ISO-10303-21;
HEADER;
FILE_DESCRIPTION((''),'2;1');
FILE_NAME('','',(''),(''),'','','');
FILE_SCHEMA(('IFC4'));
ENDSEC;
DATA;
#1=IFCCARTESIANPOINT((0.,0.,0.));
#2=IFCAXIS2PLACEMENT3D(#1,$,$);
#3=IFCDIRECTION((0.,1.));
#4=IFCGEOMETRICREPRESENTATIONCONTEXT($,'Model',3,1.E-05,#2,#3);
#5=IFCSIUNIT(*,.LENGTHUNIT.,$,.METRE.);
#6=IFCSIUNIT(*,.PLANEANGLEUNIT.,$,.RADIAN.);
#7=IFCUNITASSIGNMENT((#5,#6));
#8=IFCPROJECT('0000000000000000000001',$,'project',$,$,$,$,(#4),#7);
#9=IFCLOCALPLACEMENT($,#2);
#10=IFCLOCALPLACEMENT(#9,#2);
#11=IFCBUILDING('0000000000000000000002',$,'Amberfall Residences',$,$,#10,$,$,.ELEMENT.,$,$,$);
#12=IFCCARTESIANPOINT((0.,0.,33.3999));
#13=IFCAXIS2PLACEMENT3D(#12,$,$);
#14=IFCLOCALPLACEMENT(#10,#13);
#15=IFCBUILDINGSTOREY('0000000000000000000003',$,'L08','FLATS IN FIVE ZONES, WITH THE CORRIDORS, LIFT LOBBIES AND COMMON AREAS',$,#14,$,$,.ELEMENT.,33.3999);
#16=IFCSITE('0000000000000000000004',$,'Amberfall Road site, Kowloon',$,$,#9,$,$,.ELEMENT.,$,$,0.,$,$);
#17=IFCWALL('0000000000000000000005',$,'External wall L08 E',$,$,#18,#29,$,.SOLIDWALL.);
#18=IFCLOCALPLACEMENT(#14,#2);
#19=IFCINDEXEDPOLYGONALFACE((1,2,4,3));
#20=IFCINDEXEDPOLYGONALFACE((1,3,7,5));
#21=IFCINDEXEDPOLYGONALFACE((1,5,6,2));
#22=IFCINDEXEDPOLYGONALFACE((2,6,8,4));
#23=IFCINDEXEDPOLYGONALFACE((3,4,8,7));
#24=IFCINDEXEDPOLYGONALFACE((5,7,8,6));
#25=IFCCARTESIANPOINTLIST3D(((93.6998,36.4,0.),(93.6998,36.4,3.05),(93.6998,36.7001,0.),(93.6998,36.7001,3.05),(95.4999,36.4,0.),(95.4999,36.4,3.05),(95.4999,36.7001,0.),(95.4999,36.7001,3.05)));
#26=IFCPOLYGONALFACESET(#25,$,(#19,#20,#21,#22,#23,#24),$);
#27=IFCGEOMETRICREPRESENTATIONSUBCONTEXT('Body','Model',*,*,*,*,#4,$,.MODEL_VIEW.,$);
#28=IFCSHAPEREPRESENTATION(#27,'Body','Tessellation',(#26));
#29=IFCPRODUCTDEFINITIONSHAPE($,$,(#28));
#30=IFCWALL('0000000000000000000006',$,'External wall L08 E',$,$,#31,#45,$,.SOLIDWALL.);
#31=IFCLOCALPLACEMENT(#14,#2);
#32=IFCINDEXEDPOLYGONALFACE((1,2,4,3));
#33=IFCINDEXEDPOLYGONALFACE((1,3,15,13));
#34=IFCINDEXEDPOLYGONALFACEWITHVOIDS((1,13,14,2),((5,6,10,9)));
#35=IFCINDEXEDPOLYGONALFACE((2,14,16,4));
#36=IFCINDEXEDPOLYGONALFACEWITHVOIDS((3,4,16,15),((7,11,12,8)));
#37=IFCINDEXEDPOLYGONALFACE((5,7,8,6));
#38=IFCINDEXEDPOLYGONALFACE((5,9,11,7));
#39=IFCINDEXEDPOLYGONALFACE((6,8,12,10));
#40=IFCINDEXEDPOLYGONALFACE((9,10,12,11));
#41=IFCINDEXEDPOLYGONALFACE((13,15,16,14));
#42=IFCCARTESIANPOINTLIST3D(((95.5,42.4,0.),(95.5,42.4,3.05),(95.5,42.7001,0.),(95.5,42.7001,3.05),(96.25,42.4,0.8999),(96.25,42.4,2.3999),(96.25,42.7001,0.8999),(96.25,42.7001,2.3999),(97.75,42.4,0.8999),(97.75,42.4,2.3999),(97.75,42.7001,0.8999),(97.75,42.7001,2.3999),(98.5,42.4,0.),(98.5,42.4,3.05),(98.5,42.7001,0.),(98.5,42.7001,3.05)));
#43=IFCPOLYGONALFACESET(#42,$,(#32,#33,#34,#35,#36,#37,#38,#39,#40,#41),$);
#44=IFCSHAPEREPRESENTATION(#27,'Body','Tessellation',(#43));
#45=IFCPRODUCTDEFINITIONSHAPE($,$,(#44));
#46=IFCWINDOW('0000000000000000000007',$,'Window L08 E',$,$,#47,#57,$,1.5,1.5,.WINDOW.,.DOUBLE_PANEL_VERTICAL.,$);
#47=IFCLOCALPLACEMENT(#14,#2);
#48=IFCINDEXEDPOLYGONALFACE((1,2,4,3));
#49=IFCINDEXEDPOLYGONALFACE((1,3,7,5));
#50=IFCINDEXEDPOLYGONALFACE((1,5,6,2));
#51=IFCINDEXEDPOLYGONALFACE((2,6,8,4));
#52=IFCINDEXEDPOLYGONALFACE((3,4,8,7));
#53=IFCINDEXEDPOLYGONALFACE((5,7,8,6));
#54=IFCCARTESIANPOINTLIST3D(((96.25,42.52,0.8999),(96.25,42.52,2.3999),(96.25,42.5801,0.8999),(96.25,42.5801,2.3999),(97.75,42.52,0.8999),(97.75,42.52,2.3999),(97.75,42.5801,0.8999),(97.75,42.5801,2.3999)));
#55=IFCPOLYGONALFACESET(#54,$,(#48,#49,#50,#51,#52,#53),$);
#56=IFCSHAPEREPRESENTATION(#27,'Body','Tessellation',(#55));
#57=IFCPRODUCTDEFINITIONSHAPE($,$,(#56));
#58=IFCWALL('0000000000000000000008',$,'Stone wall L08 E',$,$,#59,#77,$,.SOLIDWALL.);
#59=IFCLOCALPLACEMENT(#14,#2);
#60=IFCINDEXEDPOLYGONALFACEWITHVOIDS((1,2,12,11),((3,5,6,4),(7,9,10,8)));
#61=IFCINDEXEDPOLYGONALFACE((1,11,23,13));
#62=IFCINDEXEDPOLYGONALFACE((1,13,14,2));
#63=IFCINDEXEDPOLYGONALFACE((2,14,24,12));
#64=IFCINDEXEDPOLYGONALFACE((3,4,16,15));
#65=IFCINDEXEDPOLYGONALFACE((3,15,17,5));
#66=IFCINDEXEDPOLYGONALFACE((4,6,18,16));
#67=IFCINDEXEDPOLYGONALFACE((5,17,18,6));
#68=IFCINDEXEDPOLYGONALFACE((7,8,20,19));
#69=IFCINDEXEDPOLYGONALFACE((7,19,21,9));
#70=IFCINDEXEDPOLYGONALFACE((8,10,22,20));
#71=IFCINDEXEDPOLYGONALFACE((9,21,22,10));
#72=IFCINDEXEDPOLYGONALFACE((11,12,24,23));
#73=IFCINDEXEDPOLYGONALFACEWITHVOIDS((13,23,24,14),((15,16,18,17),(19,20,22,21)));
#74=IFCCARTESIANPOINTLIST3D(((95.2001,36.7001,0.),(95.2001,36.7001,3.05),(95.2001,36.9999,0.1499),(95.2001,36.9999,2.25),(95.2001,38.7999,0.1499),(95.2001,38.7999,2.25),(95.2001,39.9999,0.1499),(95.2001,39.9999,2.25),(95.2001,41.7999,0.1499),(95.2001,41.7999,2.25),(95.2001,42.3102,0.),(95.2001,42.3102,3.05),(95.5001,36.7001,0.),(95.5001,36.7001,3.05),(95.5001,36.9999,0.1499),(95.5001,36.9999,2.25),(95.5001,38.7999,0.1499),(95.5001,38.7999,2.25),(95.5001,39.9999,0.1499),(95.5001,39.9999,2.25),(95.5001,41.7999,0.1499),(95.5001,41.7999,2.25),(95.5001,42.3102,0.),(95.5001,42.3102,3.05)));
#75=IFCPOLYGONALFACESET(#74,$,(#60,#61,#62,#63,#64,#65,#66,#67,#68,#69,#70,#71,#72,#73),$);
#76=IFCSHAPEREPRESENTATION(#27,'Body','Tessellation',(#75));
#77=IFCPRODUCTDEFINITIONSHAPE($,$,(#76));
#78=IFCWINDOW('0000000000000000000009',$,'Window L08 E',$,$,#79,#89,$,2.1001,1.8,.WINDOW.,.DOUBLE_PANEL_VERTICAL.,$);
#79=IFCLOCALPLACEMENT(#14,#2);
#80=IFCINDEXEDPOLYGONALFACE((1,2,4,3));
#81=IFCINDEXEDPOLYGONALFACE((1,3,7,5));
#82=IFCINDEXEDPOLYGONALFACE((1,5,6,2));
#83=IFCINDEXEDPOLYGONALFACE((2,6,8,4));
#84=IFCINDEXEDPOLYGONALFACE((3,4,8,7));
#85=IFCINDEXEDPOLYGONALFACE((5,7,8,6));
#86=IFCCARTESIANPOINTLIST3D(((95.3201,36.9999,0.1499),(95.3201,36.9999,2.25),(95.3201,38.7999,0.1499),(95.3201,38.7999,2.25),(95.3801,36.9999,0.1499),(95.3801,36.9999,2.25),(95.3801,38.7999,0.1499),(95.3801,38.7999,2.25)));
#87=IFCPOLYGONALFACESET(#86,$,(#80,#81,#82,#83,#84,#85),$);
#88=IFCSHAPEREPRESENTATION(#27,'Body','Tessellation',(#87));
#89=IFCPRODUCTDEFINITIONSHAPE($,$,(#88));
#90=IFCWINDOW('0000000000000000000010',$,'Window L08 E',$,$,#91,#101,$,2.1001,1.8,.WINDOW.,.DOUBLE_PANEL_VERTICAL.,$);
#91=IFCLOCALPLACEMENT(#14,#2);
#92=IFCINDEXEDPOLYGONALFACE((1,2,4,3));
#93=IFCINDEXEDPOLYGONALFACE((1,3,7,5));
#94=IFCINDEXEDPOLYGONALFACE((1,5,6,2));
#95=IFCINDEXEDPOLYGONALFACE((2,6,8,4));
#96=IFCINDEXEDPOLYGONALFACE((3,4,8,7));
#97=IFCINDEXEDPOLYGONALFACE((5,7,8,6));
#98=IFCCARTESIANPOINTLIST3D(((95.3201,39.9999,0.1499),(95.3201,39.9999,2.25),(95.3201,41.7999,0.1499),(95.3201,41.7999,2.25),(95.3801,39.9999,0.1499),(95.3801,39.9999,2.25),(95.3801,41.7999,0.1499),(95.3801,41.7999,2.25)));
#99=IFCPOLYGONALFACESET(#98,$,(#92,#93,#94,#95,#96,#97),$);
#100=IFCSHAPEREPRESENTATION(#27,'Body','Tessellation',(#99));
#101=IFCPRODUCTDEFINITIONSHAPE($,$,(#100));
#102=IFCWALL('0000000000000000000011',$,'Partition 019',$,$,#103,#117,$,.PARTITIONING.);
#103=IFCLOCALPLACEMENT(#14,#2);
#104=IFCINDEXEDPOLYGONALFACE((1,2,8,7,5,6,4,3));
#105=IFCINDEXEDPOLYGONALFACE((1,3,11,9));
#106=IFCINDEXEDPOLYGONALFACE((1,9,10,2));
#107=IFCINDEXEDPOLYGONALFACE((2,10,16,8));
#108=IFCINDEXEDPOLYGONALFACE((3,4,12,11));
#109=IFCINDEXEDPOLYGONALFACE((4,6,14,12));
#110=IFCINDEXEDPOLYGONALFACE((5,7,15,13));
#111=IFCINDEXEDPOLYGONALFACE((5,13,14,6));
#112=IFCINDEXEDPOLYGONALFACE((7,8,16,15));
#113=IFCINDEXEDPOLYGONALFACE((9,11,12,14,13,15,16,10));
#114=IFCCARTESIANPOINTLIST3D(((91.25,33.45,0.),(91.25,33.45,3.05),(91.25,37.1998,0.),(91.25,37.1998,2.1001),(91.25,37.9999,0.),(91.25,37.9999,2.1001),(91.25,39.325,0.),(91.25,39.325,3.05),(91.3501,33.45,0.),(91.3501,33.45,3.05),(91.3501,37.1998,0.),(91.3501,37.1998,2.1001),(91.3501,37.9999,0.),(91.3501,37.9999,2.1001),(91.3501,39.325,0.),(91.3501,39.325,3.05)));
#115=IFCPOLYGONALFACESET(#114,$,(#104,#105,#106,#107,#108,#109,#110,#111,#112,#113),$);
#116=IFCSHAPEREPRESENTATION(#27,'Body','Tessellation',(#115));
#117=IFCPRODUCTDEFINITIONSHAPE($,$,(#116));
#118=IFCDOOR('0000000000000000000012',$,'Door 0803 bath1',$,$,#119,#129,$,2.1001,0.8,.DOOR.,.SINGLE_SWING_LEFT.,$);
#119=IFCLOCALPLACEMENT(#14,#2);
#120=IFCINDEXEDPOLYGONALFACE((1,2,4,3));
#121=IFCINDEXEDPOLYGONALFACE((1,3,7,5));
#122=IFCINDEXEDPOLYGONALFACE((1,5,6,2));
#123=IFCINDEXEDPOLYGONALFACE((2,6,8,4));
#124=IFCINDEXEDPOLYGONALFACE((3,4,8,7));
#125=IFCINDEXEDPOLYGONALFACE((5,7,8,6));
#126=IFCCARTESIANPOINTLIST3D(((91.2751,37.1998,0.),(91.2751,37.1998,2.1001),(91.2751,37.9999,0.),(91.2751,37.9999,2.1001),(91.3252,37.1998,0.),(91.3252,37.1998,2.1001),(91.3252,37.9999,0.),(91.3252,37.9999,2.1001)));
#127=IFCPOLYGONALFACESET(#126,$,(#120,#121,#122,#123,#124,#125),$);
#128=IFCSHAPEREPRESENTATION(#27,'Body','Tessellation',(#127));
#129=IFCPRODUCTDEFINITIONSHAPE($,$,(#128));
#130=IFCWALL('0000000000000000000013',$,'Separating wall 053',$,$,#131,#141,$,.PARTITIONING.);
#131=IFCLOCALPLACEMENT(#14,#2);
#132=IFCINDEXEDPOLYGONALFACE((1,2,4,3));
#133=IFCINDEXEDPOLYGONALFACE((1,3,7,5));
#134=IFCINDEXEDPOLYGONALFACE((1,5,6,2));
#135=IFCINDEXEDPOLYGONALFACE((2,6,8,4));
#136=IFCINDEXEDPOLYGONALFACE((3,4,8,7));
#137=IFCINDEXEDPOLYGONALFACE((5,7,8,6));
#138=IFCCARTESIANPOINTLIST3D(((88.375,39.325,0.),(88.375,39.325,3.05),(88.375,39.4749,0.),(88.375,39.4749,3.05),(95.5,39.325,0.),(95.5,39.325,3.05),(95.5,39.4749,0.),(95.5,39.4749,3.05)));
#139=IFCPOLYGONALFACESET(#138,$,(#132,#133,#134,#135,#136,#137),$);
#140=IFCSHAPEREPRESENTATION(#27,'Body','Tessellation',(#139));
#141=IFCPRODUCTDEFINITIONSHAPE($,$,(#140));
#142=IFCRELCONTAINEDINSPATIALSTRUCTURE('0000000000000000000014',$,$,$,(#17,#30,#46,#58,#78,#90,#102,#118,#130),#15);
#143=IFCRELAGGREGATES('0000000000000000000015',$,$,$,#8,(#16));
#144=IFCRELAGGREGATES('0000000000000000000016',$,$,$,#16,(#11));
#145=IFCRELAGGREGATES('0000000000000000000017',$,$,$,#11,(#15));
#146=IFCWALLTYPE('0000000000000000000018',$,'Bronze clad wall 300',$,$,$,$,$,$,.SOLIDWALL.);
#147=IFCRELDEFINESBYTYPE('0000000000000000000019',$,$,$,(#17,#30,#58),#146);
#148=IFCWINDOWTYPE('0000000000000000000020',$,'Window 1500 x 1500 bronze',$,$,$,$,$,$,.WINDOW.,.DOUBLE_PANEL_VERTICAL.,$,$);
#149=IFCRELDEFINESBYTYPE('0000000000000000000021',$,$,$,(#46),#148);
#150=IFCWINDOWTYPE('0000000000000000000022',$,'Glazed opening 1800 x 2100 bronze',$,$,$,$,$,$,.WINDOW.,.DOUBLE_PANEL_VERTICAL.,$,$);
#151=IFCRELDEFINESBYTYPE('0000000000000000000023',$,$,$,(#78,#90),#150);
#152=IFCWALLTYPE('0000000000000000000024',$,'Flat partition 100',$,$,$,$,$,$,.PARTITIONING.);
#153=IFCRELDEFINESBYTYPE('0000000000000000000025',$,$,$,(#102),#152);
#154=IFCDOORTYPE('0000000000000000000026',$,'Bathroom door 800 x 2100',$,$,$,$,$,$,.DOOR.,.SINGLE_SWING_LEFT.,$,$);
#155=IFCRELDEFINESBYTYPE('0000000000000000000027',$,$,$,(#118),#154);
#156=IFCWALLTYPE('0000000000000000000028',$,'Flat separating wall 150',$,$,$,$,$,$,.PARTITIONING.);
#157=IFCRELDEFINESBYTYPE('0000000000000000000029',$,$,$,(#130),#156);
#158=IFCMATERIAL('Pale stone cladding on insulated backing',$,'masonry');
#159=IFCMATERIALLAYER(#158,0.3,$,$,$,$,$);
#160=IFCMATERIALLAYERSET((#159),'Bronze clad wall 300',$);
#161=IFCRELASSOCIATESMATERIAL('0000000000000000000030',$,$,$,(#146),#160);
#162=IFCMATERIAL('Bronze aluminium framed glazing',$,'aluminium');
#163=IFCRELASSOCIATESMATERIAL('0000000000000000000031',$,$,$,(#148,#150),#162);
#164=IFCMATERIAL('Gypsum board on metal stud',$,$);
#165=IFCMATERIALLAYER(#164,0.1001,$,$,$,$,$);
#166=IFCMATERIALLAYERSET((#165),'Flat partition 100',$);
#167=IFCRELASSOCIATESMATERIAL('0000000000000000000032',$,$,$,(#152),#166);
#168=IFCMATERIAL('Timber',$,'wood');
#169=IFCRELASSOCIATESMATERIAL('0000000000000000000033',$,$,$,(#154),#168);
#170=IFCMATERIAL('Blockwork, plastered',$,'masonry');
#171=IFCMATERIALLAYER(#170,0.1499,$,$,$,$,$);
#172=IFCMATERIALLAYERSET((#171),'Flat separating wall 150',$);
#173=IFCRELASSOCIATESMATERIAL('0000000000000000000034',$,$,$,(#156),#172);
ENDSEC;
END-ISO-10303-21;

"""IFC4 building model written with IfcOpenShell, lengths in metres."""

from ifc_helpers import new_model, si_unit, direction, frame, frame_2d, origin, place, context, subcontext, project, spatial, rectangle, extrude, material, layer, layer_set, type_object, element, fill, save


model = new_model("IFC4")

# Units and contexts
model_context = context("Model", 3, precision=1e-05, world=origin(), true_north=direction((0.0, 1.0)))
body_context = subcontext(model_context, "Body", "Model", "MODEL_VIEW")
ifc_project = project(units=[si_unit("LENGTHUNIT", "METRE"), si_unit("PLANEANGLEUNIT", "RADIAN")], contexts=[model_context])

# Site, building, storey
site_placement = place(None, origin())
site = spatial("IfcSite", under=ifc_project, at=site_placement, Name="Amberfall Road site, Kowloon", CompositionType="ELEMENT", RefElevation=0.0)
building_placement = place(site_placement, origin())
building = spatial("IfcBuilding", under=site, at=building_placement, Name="Amberfall Residences", CompositionType="ELEMENT")
storey_placement = place(building_placement, frame((0.0, 0.0, 33.3999)))
storey = spatial("IfcBuildingStorey", under=building, at=storey_placement, Name="L08", Description="FLATS IN FIVE ZONES, WITH THE CORRIDORS, LIFT LOBBIES AND COMMON AREAS", CompositionType="ELEMENT", Elevation=33.3999)

# Wall
ifc_material_1 = material(Name="Pale stone cladding on insulated backing", Category="masonry")
ifc_layer_1 = layer(ifc_material_1, 0.3)
ifc_layer_set_1 = layer_set([ifc_layer_1], Name="Bronze clad wall 300")
wall_type_1 = type_object("IfcWallType", Name="Bronze clad wall 300", PredefinedType="SOLIDWALL", material=ifc_layer_set_1)
wall_1_placement = place(storey_placement, frame((93.7, 36.55, 0.0), z_axis=(0.0, 0.0, 1.0), x_axis=(1.0, 0.0, 0.0)))
element("IfcWall", 1, at=wall_1_placement, inside=storey, type_object=wall_type_1, Name="External wall L08 E", PredefinedType="SOLIDWALL", context=body_context, shape_type="SweptSolid", body=[
    extrude(rectangle(XDim=1.8, YDim=0.3, at=frame_2d((0.8999, 0.0))), origin(), (0.0, 0.0, 1.0), 3.05),
])

# Wall, opening, window
wall_2_placement = place(storey_placement, frame((95.5, 42.55, 0.0), z_axis=(0.0, 0.0, 1.0), x_axis=(1.0, 0.0, 0.0)))
wall_2 = element("IfcWall", 2, at=wall_2_placement, inside=storey, type_object=wall_type_1, Name="External wall L08 E", PredefinedType="SOLIDWALL", context=body_context, shape_type="SweptSolid", body=[
    extrude(rectangle(XDim=3.0, YDim=0.3, at=frame_2d((1.5, 0.0))), origin(), (0.0, 0.0, 1.0), 3.05),
])
opening_1_placement = place(wall_2_placement, frame((0.75, 0.0, 0.8999)))
opening_1 = element("IfcOpeningElement", 3, at=opening_1_placement, cuts=wall_2, PredefinedType="OPENING", context=body_context, shape_type="SweptSolid", body=[
    extrude(rectangle(XDim=1.5, YDim=1.5, at=frame_2d((0.75, 0.75))), frame((0.0, 0.1599, 0.0), z_axis=(0.0, -1.0, 0.0), x_axis=(1.0, 0.0, 0.0)), (0.0, 0.0, 1.0), 0.3201),
])
ifc_material_2 = material(Name="Bronze aluminium framed glazing", Category="aluminium")
window_type_1 = type_object("IfcWindowType", Name="Window 1500 x 1500 bronze", PartitioningType="DOUBLE_PANEL_VERTICAL", PredefinedType="WINDOW", material=ifc_material_2)
window_1_placement = place(opening_1_placement, origin())
window_1 = element("IfcWindow", 4, at=window_1_placement, inside=storey, type_object=window_type_1, Name="Window L08 E", OverallHeight=1.5, OverallWidth=1.5, PartitioningType="DOUBLE_PANEL_VERTICAL", PredefinedType="WINDOW", context=body_context, shape_type="SweptSolid", body=[
    extrude(rectangle(XDim=1.5, YDim=1.5, at=frame_2d((0.75, 0.75))), frame((0.0, 0.03, 0.0), z_axis=(0.0, -1.0, 0.0), x_axis=(1.0, 0.0, 0.0)), (0.0, 0.0, 1.0), 0.0601),
])
fill(opening_1, window_1)

# Wall, openings, windows
wall_3_placement = place(storey_placement, frame((95.3501, 36.7, 0.0), z_axis=(0.0, 0.0, 1.0), x_axis=(0.0, 1.0, 0.0)))
wall_3 = element("IfcWall", 5, at=wall_3_placement, inside=storey, type_object=wall_type_1, Name="Stone wall L08 E", PredefinedType="SOLIDWALL", context=body_context, shape_type="SweptSolid", body=[
    extrude(rectangle(XDim=5.6101, YDim=0.3, at=frame_2d((2.8052, 0.0))), origin(), (0.0, 0.0, 1.0), 3.05),
])
opening_2_placement = place(wall_3_placement, frame((0.3, 0.0, 0.1499)))
opening_2 = element("IfcOpeningElement", 6, at=opening_2_placement, cuts=wall_3, PredefinedType="OPENING", context=body_context, shape_type="SweptSolid", body=[
    extrude(rectangle(XDim=1.8, YDim=2.1001, at=frame_2d((0.8999, 1.05))), frame((0.0, 0.1599, 0.0), z_axis=(0.0, -1.0, 0.0), x_axis=(1.0, 0.0, 0.0)), (0.0, 0.0, 1.0), 0.3201),
])
opening_3_placement = place(wall_3_placement, frame((3.3, 0.0, 0.1499)))
opening_3 = element("IfcOpeningElement", 7, at=opening_3_placement, cuts=wall_3, PredefinedType="OPENING", context=body_context, shape_type="SweptSolid", body=[
    extrude(rectangle(XDim=1.8, YDim=2.1001, at=frame_2d((0.8999, 1.05))), frame((0.0, 0.1599, 0.0), z_axis=(0.0, -1.0, 0.0), x_axis=(1.0, 0.0, 0.0)), (0.0, 0.0, 1.0), 0.3201),
])
window_type_2 = type_object("IfcWindowType", Name="Glazed opening 1800 x 2100 bronze", PartitioningType="DOUBLE_PANEL_VERTICAL", PredefinedType="WINDOW", material=ifc_material_2)
window_2_placement = place(opening_2_placement, origin())
window_2 = element("IfcWindow", 8, at=window_2_placement, inside=storey, type_object=window_type_2, Name="Window L08 E", OverallHeight=2.1001, OverallWidth=1.8, PartitioningType="DOUBLE_PANEL_VERTICAL", PredefinedType="WINDOW", context=body_context, shape_type="SweptSolid", body=[
    extrude(rectangle(XDim=1.8, YDim=2.1001, at=frame_2d((0.8999, 1.05))), frame((0.0, 0.03, 0.0), z_axis=(0.0, -1.0, 0.0), x_axis=(1.0, 0.0, 0.0)), (0.0, 0.0, 1.0), 0.0601),
])
fill(opening_2, window_2)
window_3_placement = place(opening_3_placement, origin())
window_3 = element("IfcWindow", 9, at=window_3_placement, inside=storey, type_object=window_type_2, Name="Window L08 E", OverallHeight=2.1001, OverallWidth=1.8, PartitioningType="DOUBLE_PANEL_VERTICAL", PredefinedType="WINDOW", context=body_context, shape_type="SweptSolid", body=[
    extrude(rectangle(XDim=1.8, YDim=2.1001, at=frame_2d((0.8999, 1.05))), frame((0.0, 0.03, 0.0), z_axis=(0.0, -1.0, 0.0), x_axis=(1.0, 0.0, 0.0)), (0.0, 0.0, 1.0), 0.0601),
])
fill(opening_3, window_3)

# Wall, opening, door
ifc_material_3 = material(Name="Gypsum board on metal stud")
ifc_layer_2 = layer(ifc_material_3, 0.1001)
ifc_layer_set_2 = layer_set([ifc_layer_2], Name="Flat partition 100")
wall_type_2 = type_object("IfcWallType", Name="Flat partition 100", PredefinedType="PARTITIONING", material=ifc_layer_set_2)
wall_4_placement = place(storey_placement, frame((91.3, 33.45, 0.0), z_axis=(0.0, 0.0, 1.0), x_axis=(0.0, 1.0, 0.0)))
wall_4 = element("IfcWall", 10, at=wall_4_placement, inside=storey, type_object=wall_type_2, Name="Partition 019", PredefinedType="PARTITIONING", context=body_context, shape_type="SweptSolid", body=[
    extrude(rectangle(XDim=5.875, YDim=0.1001, at=frame_2d((2.9375, 0.0))), origin(), (0.0, 0.0, 1.0), 3.05),
])
opening_4_placement = place(wall_4_placement, frame((3.75, 0.0, 0.0)))
opening_4 = element("IfcOpeningElement", 11, at=opening_4_placement, cuts=wall_4, PredefinedType="OPENING", context=body_context, shape_type="SweptSolid", body=[
    extrude(rectangle(XDim=0.8, YDim=2.1001, at=frame_2d((0.3999, 1.05))), frame((0.0, 0.0601, 0.0), z_axis=(0.0, -1.0, 0.0), x_axis=(1.0, 0.0, 0.0)), (0.0, 0.0, 1.0), 0.1201),
])
ifc_material_4 = material(Name="Timber", Category="wood")
door_type_1 = type_object("IfcDoorType", Name="Bathroom door 800 x 2100", OperationType="SINGLE_SWING_LEFT", PredefinedType="DOOR", material=ifc_material_4)
door_1_placement = place(opening_4_placement, origin())
door_1 = element("IfcDoor", 12, at=door_1_placement, inside=storey, type_object=door_type_1, Name="Door 0803 bath1", OperationType="SINGLE_SWING_LEFT", OverallHeight=2.1001, OverallWidth=0.8, PredefinedType="DOOR", context=body_context, shape_type="SweptSolid", body=[
    extrude(rectangle(XDim=0.8, YDim=2.1001, at=frame_2d((0.3999, 1.05))), frame((0.0, 0.0249, 0.0), z_axis=(0.0, -1.0, 0.0), x_axis=(1.0, 0.0, 0.0)), (0.0, 0.0, 1.0), 0.05),
])
fill(opening_4, door_1)

# Wall
ifc_material_5 = material(Name="Blockwork, plastered", Category="masonry")
ifc_layer_3 = layer(ifc_material_5, 0.1499)
ifc_layer_set_3 = layer_set([ifc_layer_3], Name="Flat separating wall 150")
wall_type_3 = type_object("IfcWallType", Name="Flat separating wall 150", PredefinedType="PARTITIONING", material=ifc_layer_set_3)
wall_5_placement = place(storey_placement, frame((88.375, 39.3999, 0.0), z_axis=(0.0, 0.0, 1.0), x_axis=(1.0, 0.0, 0.0)))
element("IfcWall", 13, at=wall_5_placement, inside=storey, type_object=wall_type_3, Name="Separating wall 053", PredefinedType="PARTITIONING", context=body_context, shape_type="SweptSolid", body=[
    extrude(rectangle(XDim=7.125, YDim=0.1499, at=frame_2d((3.5625, 0.0))), origin(), (0.0, 0.0, 1.0), 3.05),
])

save(model, "model.ifc")
